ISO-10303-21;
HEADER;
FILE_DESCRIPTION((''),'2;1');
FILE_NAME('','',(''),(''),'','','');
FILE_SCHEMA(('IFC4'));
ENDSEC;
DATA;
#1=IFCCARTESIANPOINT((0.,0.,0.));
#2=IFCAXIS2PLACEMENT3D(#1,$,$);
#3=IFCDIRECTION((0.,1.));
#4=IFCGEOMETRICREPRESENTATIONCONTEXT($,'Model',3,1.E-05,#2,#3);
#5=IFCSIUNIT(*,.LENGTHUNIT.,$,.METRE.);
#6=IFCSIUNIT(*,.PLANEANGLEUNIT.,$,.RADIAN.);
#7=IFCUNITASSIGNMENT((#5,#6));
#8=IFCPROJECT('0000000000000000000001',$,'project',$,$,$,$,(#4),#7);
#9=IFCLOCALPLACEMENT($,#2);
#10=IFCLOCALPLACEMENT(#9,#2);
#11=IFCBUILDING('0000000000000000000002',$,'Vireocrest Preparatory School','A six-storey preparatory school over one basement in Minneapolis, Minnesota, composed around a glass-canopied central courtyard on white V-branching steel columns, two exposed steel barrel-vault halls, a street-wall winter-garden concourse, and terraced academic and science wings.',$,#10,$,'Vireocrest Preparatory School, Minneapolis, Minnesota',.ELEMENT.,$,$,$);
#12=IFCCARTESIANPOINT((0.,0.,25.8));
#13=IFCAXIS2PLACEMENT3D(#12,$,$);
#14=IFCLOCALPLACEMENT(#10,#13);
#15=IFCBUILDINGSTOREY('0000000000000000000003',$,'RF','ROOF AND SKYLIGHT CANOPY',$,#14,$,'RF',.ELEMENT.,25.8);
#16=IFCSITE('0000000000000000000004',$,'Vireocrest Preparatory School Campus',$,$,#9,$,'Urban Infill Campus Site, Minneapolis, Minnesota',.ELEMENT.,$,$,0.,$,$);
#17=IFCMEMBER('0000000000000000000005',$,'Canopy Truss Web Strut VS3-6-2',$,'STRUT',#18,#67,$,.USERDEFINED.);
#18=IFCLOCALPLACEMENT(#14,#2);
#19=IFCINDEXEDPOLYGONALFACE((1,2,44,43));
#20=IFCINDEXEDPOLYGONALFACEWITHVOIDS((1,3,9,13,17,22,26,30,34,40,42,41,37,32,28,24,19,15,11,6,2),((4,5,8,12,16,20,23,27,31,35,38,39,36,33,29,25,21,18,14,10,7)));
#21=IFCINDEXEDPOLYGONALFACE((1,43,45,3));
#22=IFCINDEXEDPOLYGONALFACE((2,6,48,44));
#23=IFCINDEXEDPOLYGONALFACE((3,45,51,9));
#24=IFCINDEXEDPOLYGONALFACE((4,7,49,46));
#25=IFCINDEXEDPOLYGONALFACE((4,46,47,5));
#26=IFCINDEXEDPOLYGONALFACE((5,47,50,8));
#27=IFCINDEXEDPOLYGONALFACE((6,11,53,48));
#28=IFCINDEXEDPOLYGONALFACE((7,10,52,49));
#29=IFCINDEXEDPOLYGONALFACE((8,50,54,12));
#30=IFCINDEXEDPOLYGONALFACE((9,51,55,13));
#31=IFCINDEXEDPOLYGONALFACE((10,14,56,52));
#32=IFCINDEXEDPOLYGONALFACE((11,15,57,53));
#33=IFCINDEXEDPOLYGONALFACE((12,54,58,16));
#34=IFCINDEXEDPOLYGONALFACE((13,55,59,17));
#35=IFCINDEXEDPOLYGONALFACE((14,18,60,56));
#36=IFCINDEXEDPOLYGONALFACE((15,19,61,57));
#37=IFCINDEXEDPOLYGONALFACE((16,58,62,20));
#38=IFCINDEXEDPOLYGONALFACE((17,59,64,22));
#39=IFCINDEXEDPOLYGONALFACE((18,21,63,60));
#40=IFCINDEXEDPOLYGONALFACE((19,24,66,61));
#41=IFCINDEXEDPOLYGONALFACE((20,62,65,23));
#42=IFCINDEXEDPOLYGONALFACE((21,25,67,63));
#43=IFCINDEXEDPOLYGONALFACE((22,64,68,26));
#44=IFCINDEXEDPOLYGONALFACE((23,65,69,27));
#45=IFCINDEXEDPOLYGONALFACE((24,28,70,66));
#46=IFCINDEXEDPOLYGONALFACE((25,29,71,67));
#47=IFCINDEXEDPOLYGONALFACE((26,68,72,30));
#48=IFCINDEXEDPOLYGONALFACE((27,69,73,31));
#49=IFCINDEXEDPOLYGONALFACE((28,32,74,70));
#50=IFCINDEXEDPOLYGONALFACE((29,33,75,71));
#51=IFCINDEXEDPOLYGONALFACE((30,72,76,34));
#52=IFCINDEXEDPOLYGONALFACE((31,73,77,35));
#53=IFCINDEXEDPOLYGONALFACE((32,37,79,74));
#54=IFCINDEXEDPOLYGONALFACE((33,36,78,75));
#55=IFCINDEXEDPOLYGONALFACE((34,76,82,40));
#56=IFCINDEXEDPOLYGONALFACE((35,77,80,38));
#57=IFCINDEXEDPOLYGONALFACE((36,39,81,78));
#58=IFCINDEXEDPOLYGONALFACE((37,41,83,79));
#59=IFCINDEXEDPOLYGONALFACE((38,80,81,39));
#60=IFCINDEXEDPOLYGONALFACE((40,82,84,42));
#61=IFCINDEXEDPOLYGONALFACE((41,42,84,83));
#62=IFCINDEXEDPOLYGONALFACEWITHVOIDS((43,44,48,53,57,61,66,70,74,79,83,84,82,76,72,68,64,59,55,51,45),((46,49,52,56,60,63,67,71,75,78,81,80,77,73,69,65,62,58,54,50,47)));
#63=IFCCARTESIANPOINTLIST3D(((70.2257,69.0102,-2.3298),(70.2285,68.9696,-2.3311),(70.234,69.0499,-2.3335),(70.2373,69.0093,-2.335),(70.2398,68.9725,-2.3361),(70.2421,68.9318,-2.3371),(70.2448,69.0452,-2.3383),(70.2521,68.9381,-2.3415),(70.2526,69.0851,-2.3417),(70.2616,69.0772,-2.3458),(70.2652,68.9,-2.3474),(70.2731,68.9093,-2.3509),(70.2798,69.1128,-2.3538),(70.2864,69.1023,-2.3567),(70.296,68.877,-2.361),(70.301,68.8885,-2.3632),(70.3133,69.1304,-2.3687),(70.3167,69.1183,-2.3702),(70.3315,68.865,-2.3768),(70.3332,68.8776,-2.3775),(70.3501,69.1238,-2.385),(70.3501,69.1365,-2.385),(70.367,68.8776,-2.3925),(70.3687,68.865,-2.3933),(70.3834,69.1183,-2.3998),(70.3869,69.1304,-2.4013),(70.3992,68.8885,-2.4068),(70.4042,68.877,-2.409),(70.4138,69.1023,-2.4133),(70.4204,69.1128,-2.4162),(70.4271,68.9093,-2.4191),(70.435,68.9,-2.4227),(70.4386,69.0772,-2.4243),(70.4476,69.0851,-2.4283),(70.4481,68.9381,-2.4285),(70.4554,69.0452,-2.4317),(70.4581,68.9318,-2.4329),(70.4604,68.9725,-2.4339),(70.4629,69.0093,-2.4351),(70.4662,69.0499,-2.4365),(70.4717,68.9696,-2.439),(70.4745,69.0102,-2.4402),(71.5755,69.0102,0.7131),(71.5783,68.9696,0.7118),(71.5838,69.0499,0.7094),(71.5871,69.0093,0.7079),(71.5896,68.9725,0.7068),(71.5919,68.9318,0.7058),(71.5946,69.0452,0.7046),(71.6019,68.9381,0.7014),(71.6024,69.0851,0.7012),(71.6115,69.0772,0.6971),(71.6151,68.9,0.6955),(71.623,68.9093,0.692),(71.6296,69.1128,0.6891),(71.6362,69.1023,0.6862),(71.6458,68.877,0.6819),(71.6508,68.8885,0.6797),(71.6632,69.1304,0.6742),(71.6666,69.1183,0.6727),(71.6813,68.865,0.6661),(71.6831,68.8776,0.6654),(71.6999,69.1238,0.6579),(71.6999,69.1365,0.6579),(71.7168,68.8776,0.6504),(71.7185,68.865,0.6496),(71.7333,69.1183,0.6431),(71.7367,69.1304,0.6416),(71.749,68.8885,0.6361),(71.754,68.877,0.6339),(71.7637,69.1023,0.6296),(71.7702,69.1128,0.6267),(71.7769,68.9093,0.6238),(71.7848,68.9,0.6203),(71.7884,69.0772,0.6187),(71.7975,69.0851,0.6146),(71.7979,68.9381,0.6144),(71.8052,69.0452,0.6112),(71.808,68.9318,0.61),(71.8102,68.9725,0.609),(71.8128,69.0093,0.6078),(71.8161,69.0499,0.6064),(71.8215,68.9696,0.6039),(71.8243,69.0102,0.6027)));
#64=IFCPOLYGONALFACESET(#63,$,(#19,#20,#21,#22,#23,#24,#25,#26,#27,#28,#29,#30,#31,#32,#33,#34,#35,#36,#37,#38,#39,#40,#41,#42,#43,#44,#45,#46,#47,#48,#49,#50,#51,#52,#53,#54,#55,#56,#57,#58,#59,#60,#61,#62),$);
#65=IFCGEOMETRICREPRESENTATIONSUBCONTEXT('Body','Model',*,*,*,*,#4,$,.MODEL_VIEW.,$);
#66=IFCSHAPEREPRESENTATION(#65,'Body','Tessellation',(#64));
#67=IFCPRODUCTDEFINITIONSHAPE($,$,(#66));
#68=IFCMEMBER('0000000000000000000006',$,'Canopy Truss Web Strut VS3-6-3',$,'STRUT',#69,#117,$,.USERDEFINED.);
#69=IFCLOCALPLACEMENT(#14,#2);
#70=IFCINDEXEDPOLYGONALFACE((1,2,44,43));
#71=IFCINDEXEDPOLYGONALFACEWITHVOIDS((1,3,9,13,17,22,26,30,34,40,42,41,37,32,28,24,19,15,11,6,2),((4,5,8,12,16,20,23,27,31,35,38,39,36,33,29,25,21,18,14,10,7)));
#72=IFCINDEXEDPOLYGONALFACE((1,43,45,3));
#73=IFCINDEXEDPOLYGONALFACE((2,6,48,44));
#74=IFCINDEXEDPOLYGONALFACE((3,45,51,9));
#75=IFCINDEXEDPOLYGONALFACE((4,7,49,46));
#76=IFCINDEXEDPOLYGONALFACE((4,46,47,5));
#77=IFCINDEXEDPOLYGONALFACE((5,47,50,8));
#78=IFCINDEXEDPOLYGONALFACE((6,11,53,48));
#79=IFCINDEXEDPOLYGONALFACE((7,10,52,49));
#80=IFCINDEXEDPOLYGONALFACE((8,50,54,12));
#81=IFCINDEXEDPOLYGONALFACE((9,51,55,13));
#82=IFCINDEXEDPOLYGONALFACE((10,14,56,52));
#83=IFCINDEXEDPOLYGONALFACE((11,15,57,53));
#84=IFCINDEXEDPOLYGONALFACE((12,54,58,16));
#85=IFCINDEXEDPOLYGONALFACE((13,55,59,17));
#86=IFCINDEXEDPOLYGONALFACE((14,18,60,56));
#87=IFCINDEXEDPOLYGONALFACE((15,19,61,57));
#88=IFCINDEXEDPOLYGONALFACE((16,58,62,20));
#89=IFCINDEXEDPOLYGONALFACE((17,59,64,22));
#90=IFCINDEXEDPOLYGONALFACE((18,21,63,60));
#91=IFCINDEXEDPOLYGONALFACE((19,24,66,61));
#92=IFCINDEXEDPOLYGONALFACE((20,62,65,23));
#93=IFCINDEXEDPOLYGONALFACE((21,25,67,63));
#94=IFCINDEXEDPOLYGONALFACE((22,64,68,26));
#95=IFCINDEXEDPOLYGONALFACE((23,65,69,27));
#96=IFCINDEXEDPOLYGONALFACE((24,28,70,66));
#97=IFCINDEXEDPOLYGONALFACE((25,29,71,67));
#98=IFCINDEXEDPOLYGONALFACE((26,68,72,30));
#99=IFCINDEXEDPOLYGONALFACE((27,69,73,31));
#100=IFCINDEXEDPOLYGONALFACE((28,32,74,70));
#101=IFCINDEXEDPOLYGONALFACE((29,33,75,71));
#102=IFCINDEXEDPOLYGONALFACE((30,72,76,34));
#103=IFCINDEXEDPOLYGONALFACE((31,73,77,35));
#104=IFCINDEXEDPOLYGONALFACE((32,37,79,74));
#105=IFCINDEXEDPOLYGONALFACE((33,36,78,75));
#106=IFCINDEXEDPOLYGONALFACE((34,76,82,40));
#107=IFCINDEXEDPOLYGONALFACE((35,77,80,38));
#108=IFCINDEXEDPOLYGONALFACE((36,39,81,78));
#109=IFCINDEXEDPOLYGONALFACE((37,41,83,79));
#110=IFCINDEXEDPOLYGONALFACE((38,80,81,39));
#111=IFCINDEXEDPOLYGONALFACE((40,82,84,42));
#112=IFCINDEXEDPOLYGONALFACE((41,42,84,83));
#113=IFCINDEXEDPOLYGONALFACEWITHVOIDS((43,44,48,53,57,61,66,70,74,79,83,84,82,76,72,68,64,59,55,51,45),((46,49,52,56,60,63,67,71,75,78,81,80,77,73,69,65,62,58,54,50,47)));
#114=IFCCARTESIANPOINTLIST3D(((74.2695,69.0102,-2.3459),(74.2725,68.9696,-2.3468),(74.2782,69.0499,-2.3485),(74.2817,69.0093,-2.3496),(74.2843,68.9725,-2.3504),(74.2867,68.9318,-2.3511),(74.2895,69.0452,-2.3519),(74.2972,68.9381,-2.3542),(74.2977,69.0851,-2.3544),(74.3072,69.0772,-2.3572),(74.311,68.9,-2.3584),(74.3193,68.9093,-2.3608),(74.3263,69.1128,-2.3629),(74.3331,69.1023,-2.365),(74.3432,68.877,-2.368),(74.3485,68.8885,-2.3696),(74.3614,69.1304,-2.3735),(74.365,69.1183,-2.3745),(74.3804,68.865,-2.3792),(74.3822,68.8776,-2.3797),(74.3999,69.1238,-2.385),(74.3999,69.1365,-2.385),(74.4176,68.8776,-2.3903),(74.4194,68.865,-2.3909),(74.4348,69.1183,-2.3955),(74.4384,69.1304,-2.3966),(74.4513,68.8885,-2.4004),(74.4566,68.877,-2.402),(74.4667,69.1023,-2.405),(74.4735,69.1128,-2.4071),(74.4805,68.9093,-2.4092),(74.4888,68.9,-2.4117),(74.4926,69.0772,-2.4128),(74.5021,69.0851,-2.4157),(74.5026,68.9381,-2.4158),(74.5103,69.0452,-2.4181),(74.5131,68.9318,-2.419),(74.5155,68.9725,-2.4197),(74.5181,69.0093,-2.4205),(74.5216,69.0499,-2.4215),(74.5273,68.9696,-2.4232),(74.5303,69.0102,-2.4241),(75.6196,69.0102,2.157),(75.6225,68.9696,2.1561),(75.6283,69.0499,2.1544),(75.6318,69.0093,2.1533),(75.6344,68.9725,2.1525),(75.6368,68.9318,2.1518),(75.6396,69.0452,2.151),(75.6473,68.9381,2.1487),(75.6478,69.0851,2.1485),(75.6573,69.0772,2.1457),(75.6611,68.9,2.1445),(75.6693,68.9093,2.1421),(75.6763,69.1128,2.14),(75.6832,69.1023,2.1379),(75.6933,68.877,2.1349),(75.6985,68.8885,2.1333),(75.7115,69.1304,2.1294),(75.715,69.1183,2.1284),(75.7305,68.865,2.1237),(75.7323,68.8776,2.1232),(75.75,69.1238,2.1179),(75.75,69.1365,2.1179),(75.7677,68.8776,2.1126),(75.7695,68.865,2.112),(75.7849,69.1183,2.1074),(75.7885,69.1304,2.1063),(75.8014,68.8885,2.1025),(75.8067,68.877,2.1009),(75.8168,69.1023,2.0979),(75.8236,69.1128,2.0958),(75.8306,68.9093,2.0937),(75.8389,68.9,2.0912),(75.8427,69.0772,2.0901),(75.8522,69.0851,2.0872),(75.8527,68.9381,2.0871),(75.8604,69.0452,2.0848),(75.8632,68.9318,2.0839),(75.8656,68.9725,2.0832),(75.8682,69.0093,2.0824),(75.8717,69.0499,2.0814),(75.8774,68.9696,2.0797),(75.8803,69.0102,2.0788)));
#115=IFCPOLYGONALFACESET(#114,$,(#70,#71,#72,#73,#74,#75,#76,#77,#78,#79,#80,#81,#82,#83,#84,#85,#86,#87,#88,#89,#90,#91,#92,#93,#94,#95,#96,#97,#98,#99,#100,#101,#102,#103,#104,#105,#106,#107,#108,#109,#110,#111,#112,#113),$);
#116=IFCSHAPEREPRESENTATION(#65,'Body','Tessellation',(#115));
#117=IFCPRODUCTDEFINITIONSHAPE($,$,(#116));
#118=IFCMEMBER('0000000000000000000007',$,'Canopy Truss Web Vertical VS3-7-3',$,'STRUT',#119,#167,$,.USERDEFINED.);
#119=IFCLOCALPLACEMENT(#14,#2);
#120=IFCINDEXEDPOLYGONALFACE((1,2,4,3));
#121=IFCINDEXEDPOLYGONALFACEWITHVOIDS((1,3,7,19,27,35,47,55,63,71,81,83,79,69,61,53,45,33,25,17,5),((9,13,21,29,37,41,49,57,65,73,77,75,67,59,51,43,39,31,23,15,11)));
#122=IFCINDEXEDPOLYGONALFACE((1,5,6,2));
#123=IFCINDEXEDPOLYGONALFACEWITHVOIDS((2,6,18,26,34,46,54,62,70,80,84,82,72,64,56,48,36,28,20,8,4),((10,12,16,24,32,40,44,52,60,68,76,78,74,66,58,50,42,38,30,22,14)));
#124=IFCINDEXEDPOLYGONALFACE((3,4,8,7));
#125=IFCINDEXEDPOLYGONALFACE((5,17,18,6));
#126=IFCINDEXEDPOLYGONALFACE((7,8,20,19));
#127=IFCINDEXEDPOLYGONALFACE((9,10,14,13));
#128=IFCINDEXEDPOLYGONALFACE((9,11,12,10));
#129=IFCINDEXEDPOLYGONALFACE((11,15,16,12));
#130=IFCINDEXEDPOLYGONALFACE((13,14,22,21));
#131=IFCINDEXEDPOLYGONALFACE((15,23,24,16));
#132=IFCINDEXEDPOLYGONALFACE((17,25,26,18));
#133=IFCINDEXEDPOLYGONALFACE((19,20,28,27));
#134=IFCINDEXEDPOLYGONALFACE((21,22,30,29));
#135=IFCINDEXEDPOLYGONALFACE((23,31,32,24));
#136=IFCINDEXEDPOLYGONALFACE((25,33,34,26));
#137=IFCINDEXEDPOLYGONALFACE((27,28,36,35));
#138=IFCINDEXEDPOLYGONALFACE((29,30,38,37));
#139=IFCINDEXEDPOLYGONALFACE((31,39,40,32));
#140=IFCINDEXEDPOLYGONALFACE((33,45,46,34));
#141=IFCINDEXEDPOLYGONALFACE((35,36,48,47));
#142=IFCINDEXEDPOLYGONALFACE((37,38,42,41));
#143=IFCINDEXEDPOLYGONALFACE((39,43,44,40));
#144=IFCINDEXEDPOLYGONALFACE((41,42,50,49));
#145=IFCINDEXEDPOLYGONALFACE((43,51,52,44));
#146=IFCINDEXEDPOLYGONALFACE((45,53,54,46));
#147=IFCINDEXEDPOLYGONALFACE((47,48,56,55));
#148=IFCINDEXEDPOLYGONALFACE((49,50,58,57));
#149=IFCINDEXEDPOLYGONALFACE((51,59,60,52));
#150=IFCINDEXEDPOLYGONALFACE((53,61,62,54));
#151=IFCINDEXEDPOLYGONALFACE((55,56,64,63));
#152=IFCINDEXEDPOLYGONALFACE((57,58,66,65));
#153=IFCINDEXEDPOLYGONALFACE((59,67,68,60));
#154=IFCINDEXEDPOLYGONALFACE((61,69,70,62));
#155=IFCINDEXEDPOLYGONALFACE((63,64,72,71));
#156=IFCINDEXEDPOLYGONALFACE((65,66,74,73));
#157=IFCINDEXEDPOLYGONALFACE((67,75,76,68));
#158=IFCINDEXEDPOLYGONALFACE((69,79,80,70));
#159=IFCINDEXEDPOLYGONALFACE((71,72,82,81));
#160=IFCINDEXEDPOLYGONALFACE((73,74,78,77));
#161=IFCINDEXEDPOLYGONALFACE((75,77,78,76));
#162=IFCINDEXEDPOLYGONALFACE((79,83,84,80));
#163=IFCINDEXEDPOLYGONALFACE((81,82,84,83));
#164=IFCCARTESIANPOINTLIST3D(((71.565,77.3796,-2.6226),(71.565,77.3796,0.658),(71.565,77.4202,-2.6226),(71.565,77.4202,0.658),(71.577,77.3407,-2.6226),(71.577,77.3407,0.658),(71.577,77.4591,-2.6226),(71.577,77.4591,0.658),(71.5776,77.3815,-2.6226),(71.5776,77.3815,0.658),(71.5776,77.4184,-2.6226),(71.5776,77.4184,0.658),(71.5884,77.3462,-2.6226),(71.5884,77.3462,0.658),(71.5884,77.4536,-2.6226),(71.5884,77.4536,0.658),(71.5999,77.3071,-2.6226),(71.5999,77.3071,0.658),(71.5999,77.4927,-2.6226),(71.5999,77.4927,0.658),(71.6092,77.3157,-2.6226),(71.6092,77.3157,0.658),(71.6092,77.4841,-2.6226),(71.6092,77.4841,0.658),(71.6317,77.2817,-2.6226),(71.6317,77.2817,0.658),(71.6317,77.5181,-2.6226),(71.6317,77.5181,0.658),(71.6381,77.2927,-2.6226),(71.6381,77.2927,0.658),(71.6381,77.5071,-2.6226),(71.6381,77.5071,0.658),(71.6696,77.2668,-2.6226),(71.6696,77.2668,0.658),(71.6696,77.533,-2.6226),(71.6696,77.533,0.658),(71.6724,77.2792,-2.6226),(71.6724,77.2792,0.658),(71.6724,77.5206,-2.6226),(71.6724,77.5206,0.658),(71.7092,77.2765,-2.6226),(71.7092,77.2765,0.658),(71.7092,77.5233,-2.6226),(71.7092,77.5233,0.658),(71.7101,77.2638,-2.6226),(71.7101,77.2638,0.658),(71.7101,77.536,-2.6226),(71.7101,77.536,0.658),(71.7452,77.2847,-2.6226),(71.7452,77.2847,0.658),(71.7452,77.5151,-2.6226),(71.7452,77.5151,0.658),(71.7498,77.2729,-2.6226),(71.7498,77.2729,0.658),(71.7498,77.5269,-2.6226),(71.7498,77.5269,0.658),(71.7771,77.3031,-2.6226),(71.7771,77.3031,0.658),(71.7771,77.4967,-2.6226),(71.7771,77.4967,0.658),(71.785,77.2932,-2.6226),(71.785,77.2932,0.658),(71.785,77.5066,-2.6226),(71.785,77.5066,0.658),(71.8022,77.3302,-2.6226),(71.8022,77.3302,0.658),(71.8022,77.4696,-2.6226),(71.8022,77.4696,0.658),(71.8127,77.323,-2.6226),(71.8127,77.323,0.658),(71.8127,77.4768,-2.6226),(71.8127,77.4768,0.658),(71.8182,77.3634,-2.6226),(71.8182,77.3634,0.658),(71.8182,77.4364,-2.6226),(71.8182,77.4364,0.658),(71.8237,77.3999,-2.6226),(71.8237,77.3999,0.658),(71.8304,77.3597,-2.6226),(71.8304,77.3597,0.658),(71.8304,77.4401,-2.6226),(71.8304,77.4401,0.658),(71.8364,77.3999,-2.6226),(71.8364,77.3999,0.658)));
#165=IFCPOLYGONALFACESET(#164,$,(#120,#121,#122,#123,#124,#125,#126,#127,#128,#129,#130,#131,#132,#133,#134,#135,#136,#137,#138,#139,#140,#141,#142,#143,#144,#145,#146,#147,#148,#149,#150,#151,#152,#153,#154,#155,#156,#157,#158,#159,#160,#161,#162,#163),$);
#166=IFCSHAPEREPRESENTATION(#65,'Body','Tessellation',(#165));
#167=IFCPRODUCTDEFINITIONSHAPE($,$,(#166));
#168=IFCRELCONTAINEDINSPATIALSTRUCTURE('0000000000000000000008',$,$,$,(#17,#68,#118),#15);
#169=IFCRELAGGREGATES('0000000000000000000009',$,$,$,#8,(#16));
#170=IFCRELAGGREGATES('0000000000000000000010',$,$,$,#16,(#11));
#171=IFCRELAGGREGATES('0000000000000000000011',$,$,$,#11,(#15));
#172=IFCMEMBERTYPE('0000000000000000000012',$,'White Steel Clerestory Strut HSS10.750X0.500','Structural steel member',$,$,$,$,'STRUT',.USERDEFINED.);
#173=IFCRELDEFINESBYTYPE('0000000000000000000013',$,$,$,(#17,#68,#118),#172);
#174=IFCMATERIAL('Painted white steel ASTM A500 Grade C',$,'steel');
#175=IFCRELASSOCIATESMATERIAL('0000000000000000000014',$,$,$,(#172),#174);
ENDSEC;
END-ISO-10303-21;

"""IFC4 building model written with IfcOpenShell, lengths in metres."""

from ifc_helpers import new_model, si_unit, direction, frame, origin, origin_2d, place, context, subcontext, project, spatial, hollow_circle, extrude, material, material_profile, profile_set, type_object, element, save


model = new_model("IFC4")

# Units and contexts
model_context = context("Model", 3, precision=1e-05, world=origin(), true_north=direction((0.0, 1.0)))
body_context = subcontext(model_context, "Body", "Model", "MODEL_VIEW")
ifc_project = project(units=[si_unit("LENGTHUNIT", "METRE"), si_unit("PLANEANGLEUNIT", "RADIAN")], contexts=[model_context])

# Site, building, storey
site_placement = place(None, origin())
site = spatial("IfcSite", under=ifc_project, at=site_placement, Name="Vireocrest Preparatory School Campus", LongName="Urban Infill Campus Site, Minneapolis, Minnesota", CompositionType="ELEMENT", RefElevation=0.0)
building_placement = place(site_placement, origin())
building = spatial("IfcBuilding", under=site, at=building_placement, Name="Vireocrest Preparatory School", Description="A six-storey preparatory school over one basement in Minneapolis, Minnesota, composed around a glass-canopied central courtyard on white V-branching steel columns, two exposed steel barrel-vault halls, a street-wall winter-garden concourse, and terraced academic and science wings.", LongName="Vireocrest Preparatory School, Minneapolis, Minnesota", CompositionType="ELEMENT")
storey_placement = place(building_placement, frame((0.0, 0.0, 25.8)))
storey = spatial("IfcBuildingStorey", under=building, at=storey_placement, Name="RF", Description="ROOF AND SKYLIGHT CANOPY", LongName="RF", CompositionType="ELEMENT", Elevation=25.8)

# Shared definitions
ifc_material_1 = material(Name="Painted white steel ASTM A500 Grade C", Category="steel")

# Members
ifc_material_profile_1 = material_profile(ifc_material_1, hollow_circle(Radius=0.1365, WallThickness=0.0127, at=origin_2d()), Name="HSS10.750X0.500")
ifc_profile_set_1 = profile_set([ifc_material_profile_1], Name="Painted white steel ASTM A500 Grade C")
member_type_1 = type_object("IfcMemberType", Name="White Steel Clerestory Strut HSS10.750X0.500", Description="Structural steel member", ElementType="STRUT", PredefinedType="USERDEFINED", material=ifc_profile_set_1)
member_1_placement = place(storey_placement, frame((70.3501, 69.0, -2.385), z_axis=(0.405492, 0.0, 0.914099), x_axis=(0.0, 1.0, 0.0)))
element("IfcMember", 1, at=member_1_placement, inside=storey, type_object=member_type_1, Name="Canopy Truss Web Strut VS3-6-2", ObjectType="STRUT", PredefinedType="USERDEFINED", context=body_context, shape_type="SweptSolid", body=[
    extrude(hollow_circle(Radius=0.1365, WallThickness=0.0127, at=origin_2d()), origin(), (0.0, 0.0, 1.0), 3.3289),
])
member_2_placement = place(storey_placement, frame((74.3999, 69.0, -2.385), z_axis=(0.287195, 0.0, 0.957872), x_axis=(0.0, 1.0, 0.0)))
element("IfcMember", 2, at=member_2_placement, inside=storey, type_object=member_type_1, Name="Canopy Truss Web Strut VS3-6-3", ObjectType="STRUT", PredefinedType="USERDEFINED", context=body_context, shape_type="SweptSolid", body=[
    extrude(hollow_circle(Radius=0.1365, WallThickness=0.0127, at=origin_2d()), origin(), (0.0, 0.0, 1.0), 4.7009),
])
member_3_placement = place(storey_placement, frame((71.7, 77.3999, -2.6226), z_axis=(0.0, 0.0, 1.0), x_axis=(1.0, 0.0, 0.0)))
element("IfcMember", 3, at=member_3_placement, inside=storey, type_object=member_type_1, Name="Canopy Truss Web Vertical VS3-7-3", ObjectType="STRUT", PredefinedType="USERDEFINED", context=body_context, shape_type="SweptSolid", body=[
    extrude(hollow_circle(Radius=0.1365, WallThickness=0.0127, at=origin_2d()), origin(), (0.0, 0.0, 1.0), 3.2805),
])

save(model, "model.ifc")
